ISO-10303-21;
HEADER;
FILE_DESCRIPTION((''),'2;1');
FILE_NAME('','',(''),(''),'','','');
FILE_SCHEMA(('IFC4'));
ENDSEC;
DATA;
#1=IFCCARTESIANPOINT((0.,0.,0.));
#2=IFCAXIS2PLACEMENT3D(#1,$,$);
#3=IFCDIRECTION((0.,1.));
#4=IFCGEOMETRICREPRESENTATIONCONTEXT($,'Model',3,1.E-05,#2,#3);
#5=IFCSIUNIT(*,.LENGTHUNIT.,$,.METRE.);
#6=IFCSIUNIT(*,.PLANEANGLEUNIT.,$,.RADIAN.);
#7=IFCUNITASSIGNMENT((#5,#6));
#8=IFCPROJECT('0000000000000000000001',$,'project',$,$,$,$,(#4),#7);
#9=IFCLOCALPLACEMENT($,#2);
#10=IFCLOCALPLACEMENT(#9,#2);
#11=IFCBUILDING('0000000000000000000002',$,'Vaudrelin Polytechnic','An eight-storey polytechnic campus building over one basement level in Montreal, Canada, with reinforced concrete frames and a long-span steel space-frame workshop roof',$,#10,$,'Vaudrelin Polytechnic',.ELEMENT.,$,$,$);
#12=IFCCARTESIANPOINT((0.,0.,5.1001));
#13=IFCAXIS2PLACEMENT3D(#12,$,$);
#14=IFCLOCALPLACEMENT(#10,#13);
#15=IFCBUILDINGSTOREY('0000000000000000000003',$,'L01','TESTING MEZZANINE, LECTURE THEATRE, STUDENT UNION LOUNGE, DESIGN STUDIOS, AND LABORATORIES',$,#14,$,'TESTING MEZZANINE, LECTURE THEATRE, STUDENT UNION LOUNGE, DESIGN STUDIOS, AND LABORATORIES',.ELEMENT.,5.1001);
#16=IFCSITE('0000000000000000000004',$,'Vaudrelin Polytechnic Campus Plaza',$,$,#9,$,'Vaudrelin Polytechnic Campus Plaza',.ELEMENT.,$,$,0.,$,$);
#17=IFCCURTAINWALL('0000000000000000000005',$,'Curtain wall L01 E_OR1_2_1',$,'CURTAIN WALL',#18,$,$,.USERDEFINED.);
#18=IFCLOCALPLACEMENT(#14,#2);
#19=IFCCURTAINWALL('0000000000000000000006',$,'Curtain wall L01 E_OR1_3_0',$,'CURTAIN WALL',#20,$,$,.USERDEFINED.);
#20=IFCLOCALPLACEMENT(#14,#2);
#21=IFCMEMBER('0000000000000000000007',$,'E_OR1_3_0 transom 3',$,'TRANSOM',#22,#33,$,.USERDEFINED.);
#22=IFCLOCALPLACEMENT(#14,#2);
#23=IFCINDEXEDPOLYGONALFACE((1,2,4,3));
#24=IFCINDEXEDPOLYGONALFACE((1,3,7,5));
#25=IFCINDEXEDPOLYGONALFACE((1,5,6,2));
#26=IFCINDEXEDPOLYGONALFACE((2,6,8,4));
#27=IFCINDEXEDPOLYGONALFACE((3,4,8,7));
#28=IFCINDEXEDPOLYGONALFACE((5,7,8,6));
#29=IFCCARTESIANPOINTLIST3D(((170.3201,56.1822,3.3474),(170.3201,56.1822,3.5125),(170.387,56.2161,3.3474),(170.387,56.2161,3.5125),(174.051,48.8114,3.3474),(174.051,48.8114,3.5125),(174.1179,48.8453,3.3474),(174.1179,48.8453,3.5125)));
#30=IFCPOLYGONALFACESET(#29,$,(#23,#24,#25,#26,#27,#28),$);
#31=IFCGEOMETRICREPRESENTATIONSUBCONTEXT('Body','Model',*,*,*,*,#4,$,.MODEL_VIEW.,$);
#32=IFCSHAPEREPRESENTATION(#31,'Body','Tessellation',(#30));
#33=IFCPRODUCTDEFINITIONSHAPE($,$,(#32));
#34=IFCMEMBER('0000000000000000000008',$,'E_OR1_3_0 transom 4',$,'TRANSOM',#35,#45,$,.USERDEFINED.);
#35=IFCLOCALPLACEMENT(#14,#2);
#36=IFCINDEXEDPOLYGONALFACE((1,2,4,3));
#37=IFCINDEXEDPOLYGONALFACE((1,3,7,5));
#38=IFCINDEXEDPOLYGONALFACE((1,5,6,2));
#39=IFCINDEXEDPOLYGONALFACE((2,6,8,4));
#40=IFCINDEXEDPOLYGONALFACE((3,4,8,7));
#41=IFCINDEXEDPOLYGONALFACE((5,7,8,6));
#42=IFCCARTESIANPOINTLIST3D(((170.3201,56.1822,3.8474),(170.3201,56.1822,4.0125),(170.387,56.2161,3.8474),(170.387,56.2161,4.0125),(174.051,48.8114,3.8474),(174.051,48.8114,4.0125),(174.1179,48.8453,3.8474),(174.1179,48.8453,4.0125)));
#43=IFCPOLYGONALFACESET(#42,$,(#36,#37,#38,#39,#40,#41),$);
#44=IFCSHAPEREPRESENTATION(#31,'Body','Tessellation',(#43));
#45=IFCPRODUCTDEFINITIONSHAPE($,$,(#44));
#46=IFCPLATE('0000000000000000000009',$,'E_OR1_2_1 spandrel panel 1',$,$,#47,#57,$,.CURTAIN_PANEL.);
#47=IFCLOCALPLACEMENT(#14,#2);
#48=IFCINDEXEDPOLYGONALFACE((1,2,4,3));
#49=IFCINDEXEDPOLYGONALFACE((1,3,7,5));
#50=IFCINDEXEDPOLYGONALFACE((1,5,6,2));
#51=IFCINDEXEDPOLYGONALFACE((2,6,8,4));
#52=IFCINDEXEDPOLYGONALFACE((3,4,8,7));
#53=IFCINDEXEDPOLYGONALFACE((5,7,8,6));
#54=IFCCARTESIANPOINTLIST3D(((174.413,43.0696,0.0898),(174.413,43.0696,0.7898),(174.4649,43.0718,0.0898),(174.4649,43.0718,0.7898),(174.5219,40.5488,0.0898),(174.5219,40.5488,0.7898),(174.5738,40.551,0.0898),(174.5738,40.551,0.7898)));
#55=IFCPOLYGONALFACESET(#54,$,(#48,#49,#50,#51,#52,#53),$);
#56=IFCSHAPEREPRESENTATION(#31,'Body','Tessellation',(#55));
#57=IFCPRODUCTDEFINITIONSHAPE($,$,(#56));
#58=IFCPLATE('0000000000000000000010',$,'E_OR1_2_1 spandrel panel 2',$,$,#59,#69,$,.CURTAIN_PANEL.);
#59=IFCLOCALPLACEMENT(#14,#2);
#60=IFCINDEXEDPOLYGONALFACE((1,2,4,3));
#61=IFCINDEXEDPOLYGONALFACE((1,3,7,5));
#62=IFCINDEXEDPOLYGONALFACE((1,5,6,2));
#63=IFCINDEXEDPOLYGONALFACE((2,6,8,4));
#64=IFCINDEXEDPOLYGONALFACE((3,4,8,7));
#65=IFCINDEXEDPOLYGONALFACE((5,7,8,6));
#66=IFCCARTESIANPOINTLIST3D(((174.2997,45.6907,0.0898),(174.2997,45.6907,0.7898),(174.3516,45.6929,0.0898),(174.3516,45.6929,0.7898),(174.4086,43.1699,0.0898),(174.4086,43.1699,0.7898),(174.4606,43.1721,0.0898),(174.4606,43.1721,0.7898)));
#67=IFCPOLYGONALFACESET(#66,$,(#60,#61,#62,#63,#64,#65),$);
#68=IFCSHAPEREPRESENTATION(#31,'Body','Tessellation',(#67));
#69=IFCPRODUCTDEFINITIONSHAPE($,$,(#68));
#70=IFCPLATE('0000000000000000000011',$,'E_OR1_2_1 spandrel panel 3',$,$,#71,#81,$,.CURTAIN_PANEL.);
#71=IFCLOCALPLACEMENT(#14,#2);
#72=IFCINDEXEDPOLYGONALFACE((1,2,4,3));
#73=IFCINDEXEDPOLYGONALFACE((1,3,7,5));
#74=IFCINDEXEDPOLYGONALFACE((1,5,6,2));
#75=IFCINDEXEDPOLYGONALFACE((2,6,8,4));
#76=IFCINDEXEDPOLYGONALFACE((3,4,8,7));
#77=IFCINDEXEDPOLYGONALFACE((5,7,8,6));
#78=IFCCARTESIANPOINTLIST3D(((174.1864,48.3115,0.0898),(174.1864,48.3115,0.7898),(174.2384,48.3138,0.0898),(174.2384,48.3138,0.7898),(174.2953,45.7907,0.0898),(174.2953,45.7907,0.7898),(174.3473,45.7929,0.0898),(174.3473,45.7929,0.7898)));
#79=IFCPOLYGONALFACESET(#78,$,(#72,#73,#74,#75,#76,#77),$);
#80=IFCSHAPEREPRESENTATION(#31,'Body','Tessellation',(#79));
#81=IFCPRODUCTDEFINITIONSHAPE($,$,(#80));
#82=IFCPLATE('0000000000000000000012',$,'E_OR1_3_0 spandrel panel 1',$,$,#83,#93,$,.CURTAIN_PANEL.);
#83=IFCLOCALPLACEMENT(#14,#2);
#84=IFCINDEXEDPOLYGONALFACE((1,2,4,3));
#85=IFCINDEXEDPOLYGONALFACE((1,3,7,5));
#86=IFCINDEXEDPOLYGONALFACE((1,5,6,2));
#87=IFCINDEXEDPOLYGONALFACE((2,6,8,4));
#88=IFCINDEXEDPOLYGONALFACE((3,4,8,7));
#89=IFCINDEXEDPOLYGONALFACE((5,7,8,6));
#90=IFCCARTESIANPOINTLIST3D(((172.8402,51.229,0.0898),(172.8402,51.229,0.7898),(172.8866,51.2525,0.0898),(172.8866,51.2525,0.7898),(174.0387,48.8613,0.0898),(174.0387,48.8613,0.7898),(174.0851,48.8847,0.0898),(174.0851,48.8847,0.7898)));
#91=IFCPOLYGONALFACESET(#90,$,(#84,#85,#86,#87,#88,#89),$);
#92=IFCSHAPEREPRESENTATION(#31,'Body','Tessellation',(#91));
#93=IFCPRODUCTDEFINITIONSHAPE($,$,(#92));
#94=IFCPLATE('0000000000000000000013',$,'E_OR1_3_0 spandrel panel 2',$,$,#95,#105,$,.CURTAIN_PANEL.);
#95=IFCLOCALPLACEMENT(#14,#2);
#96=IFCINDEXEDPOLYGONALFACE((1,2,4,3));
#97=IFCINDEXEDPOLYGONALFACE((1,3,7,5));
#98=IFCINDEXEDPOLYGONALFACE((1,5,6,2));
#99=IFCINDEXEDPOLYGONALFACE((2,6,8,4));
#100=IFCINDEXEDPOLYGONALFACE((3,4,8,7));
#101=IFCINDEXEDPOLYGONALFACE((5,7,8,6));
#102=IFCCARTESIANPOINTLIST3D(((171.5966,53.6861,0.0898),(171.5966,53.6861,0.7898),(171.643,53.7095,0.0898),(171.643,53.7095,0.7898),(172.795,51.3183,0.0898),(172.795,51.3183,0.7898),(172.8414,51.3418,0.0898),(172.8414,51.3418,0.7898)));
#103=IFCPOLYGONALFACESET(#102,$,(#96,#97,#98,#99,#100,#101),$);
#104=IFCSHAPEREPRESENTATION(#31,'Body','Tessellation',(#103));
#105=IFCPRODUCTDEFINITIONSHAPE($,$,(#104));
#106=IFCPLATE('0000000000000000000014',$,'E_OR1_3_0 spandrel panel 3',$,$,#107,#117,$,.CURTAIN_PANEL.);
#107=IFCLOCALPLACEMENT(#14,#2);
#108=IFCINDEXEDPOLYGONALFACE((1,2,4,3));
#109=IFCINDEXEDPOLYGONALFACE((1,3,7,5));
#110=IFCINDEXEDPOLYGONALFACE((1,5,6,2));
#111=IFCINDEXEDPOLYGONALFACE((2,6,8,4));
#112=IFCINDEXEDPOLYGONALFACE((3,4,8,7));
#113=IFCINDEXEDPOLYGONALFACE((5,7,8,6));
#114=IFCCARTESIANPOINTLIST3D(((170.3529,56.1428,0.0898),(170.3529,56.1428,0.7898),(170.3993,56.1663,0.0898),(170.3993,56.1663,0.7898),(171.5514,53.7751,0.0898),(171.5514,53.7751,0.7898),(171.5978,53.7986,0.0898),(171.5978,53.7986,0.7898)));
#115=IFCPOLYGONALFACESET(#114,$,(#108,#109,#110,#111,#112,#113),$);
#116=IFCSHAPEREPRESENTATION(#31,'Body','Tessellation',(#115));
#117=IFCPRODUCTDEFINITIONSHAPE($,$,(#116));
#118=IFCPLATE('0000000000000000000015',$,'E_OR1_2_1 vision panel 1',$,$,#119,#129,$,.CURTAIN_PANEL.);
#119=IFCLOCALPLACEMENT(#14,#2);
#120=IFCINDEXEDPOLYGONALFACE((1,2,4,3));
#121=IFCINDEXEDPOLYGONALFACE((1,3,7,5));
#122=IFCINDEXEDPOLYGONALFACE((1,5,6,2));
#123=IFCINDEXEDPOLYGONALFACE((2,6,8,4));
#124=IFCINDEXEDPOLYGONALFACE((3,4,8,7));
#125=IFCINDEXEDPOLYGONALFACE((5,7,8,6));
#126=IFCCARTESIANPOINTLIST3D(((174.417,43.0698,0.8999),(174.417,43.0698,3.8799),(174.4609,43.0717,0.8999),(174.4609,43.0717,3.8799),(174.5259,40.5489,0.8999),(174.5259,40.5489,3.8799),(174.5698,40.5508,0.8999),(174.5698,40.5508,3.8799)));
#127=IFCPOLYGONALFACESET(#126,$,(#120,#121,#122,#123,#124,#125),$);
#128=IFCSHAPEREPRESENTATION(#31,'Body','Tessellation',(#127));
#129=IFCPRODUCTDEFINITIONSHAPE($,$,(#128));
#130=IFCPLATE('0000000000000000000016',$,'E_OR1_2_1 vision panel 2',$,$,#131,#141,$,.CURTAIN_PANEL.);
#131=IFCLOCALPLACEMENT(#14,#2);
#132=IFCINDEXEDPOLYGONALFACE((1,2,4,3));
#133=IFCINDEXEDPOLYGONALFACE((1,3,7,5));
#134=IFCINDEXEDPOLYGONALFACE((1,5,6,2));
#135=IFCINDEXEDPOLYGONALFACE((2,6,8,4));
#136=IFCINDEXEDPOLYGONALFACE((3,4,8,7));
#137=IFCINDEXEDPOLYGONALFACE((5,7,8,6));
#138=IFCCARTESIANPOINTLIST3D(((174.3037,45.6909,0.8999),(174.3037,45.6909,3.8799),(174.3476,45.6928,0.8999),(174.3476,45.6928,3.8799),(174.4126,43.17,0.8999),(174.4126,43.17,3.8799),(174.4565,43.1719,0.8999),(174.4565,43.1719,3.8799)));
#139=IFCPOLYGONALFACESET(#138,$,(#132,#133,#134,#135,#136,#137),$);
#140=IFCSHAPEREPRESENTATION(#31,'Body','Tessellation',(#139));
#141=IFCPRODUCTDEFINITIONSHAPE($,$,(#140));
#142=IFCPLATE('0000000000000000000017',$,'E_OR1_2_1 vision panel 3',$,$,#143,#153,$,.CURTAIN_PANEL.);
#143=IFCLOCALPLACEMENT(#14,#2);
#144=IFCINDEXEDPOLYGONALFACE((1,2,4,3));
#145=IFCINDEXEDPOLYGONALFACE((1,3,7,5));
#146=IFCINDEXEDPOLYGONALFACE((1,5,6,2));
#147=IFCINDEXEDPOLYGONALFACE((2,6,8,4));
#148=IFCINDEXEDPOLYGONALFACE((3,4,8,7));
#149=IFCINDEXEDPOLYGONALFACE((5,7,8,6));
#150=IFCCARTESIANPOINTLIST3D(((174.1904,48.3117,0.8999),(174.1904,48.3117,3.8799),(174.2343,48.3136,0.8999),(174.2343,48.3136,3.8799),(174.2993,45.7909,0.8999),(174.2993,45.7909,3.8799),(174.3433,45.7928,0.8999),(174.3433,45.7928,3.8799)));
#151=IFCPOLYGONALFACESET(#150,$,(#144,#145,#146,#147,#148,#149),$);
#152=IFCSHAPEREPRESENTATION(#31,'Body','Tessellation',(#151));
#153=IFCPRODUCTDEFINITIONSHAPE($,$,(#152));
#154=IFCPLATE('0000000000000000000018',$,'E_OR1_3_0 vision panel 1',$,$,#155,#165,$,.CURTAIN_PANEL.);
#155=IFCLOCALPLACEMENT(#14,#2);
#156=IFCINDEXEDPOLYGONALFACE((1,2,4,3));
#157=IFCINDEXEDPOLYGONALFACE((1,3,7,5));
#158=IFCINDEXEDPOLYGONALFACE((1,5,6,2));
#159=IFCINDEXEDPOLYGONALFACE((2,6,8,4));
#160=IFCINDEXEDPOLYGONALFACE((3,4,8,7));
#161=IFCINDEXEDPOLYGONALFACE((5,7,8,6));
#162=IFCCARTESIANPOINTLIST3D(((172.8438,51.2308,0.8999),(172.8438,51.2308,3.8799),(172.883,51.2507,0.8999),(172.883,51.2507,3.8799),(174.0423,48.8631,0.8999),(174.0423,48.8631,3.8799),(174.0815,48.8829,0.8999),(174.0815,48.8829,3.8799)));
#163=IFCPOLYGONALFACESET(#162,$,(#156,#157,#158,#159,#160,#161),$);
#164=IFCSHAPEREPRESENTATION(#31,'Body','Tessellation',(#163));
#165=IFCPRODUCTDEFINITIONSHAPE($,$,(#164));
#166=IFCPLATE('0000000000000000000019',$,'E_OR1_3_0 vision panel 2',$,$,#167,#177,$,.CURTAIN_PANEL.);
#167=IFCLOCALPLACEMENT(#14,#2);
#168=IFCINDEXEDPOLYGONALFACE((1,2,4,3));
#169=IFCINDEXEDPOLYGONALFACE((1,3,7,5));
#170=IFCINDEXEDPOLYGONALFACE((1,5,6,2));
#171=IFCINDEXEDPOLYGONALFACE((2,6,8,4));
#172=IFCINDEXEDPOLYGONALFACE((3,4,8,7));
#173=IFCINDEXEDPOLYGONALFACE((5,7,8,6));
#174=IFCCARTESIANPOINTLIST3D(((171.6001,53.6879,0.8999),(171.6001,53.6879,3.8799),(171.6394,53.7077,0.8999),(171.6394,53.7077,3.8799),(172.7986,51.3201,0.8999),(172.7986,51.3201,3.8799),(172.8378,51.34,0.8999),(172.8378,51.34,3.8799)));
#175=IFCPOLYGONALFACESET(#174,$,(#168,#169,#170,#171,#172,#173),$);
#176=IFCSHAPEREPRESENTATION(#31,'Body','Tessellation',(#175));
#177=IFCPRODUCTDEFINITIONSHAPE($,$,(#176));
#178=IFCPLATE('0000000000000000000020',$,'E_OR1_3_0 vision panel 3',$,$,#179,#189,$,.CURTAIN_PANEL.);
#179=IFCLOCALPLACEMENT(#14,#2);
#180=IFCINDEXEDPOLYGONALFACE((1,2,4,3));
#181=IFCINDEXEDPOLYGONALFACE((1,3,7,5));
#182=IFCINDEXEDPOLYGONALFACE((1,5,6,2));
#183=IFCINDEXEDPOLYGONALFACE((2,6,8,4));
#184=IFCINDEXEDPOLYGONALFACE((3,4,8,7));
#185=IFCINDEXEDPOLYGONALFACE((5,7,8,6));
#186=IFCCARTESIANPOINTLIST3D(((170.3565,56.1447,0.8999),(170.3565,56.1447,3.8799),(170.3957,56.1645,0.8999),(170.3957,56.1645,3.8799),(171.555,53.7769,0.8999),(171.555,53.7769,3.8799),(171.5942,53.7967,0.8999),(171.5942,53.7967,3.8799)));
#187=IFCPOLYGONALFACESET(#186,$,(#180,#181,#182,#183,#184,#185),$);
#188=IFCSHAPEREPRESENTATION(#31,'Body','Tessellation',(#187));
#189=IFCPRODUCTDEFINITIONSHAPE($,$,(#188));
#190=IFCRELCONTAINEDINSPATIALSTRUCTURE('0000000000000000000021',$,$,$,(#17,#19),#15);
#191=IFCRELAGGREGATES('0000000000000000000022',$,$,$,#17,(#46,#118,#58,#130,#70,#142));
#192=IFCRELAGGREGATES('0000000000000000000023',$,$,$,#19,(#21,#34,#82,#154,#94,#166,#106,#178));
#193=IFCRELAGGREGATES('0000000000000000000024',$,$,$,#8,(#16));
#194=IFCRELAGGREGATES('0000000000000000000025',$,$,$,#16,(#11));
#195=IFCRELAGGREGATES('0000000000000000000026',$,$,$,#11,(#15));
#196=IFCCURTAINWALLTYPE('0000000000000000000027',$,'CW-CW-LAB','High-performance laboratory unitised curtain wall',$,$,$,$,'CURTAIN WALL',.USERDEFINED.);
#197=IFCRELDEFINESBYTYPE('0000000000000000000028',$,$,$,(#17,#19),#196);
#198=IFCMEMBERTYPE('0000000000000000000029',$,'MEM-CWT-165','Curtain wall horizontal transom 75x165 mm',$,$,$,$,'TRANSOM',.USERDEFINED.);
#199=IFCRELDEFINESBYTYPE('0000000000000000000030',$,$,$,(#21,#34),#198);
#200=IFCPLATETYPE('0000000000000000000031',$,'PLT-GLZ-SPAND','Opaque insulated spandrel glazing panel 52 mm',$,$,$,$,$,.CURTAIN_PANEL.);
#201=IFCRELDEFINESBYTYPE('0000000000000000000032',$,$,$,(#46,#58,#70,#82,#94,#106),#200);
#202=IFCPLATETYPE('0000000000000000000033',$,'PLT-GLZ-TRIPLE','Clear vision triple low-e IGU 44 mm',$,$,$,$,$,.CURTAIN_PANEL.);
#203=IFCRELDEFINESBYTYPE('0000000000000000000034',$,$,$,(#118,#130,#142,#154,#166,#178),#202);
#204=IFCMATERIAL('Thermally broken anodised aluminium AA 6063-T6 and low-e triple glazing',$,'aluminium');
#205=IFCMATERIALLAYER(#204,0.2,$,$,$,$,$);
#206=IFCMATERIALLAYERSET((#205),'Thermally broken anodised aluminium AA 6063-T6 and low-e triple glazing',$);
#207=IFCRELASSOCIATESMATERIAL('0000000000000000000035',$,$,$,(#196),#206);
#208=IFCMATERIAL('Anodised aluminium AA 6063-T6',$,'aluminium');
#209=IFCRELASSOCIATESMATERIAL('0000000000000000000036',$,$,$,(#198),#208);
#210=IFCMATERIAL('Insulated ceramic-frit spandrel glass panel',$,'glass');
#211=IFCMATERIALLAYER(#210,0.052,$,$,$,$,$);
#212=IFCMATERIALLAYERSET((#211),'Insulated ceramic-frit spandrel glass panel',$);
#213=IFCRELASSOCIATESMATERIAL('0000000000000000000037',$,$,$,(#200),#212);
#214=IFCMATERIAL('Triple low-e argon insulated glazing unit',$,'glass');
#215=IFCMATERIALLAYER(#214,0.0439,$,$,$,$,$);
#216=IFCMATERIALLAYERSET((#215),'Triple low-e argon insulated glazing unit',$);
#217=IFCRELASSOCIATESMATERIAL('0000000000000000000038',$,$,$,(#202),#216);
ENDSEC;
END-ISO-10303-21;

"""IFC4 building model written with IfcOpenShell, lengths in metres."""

from ifc_helpers import new_model, si_unit, direction, frame, origin, origin_2d, place, context, subcontext, project, spatial, rectangle, extrude, material, layer, layer_set, material_profile, profile_set, type_object, element, aggregate, save


model = new_model("IFC4")

# Units and contexts
model_context = context("Model", 3, precision=1e-05, world=origin(), true_north=direction((0.0, 1.0)))
body_context = subcontext(model_context, "Body", "Model", "MODEL_VIEW")
ifc_project = project(units=[si_unit("LENGTHUNIT", "METRE"), si_unit("PLANEANGLEUNIT", "RADIAN")], contexts=[model_context])

# Site, building, storey
site_placement = place(None, origin())
site = spatial("IfcSite", under=ifc_project, at=site_placement, Name="Vaudrelin Polytechnic Campus Plaza", LongName="Vaudrelin Polytechnic Campus Plaza", CompositionType="ELEMENT", RefElevation=0.0)
building_placement = place(site_placement, origin())
building = spatial("IfcBuilding", under=site, at=building_placement, Name="Vaudrelin Polytechnic", Description="An eight-storey polytechnic campus building over one basement level in Montreal, Canada, with reinforced concrete frames and a long-span steel space-frame workshop roof", LongName="Vaudrelin Polytechnic", CompositionType="ELEMENT")
storey_placement = place(building_placement, frame((0.0, 0.0, 5.1001)))
storey = spatial("IfcBuildingStorey", under=building, at=storey_placement, Name="L01", Description="TESTING MEZZANINE, LECTURE THEATRE, STUDENT UNION LOUNGE, DESIGN STUDIOS, AND LABORATORIES", LongName="TESTING MEZZANINE, LECTURE THEATRE, STUDENT UNION LOUNGE, DESIGN STUDIOS, AND LABORATORIES", CompositionType="ELEMENT", Elevation=5.1001)

# Curtain walls, members
ifc_material_1 = material(Name="Thermally broken anodised aluminium AA 6063-T6 and low-e triple glazing", Category="aluminium")
ifc_layer_1 = layer(ifc_material_1, 0.2)
ifc_layer_set_1 = layer_set([ifc_layer_1], Name="Thermally broken anodised aluminium AA 6063-T6 and low-e triple glazing")
curtain_wall_type = type_object("IfcCurtainWallType", Name="CW-CW-LAB", Description="High-performance laboratory unitised curtain wall", ElementType="CURTAIN WALL", PredefinedType="USERDEFINED", material=ifc_layer_set_1)
curtain_wall_1_placement = place(storey_placement, origin())
curtain_wall_1 = element("IfcCurtainWall", 1, at=curtain_wall_1_placement, inside=storey, type_object=curtain_wall_type, Name="Curtain wall L01 E_OR1_2_1", ObjectType="CURTAIN WALL", PredefinedType="USERDEFINED")
ifc_material_2 = material(Name="Anodised aluminium AA 6063-T6", Category="aluminium")
curtain_wall_2_placement = place(storey_placement, origin())
curtain_wall_2 = element("IfcCurtainWall", 2, at=curtain_wall_2_placement, inside=storey, type_object=curtain_wall_type, Name="Curtain wall L01 E_OR1_3_0", ObjectType="CURTAIN WALL", PredefinedType="USERDEFINED")
ifc_material_profile_1 = material_profile(ifc_material_2, rectangle(XDim=0.075, YDim=0.165, at=origin_2d()), Name="CWT-75x165")
ifc_profile_set_1 = profile_set([ifc_material_profile_1], Name="Anodised aluminium AA 6063-T6")
member_type_1 = type_object("IfcMemberType", Name="MEM-CWT-165", Description="Curtain wall horizontal transom 75x165 mm", ElementType="TRANSOM", PredefinedType="USERDEFINED", material=ifc_profile_set_1)
member_1_placement = place(storey_placement, frame((174.0845, 48.8284, 3.4299), z_axis=(-0.451617, 0.892212, 0.0), x_axis=(-0.892212, -0.451617, 0.0)))
member_1 = element("IfcMember", 3, at=member_1_placement, type_object=member_type_1, Name="E_OR1_3_0 transom 3", ObjectType="TRANSOM", PredefinedType="USERDEFINED", context=body_context, shape_type="SweptSolid", body=[
    extrude(rectangle(XDim=0.075, YDim=0.165, at=origin_2d()), origin(), (0.0, 0.0, 1.0), 8.2612),
])
member_2_placement = place(storey_placement, frame((174.0845, 48.8284, 3.9299), z_axis=(-0.451617, 0.892212, 0.0), x_axis=(-0.892212, -0.451617, 0.0)))
member_2 = element("IfcMember", 4, at=member_2_placement, type_object=member_type_1, Name="E_OR1_3_0 transom 4", ObjectType="TRANSOM", PredefinedType="USERDEFINED", context=body_context, shape_type="SweptSolid", body=[
    extrude(rectangle(XDim=0.075, YDim=0.165, at=origin_2d()), origin(), (0.0, 0.0, 1.0), 8.2612),
])

# Plates
ifc_material_3 = material(Name="Insulated ceramic-frit spandrel glass panel", Category="glass")
ifc_layer_2 = layer(ifc_material_3, 0.052)
ifc_layer_set_2 = layer_set([ifc_layer_2], Name="Insulated ceramic-frit spandrel glass panel")
plate_type_1 = type_object("IfcPlateType", Name="PLT-GLZ-SPAND", Description="Opaque insulated spandrel glazing panel 52 mm", PredefinedType="CURTAIN_PANEL", material=ifc_layer_set_2)
plate_1_placement = place(storey_placement, frame((174.4934, 41.8103, 0.0898), z_axis=(0.0, 0.0, 1.0), x_axis=(-0.043164, 0.999068, 0.0)))
plate_1 = element("IfcPlate", 5, at=plate_1_placement, type_object=plate_type_1, Name="E_OR1_2_1 spandrel panel 1", PredefinedType="CURTAIN_PANEL", context=body_context, shape_type="SweptSolid", body=[
    extrude(rectangle(XDim=2.5232, YDim=0.052, at=origin_2d()), origin(), (0.0, 0.0, 1.0), 0.7),
])
plate_2_placement = place(storey_placement, frame((174.3801, 44.4314, 0.0898), z_axis=(0.0, 0.0, 1.0), x_axis=(-0.043164, 0.999068, 0.0)))
plate_2 = element("IfcPlate", 6, at=plate_2_placement, type_object=plate_type_1, Name="E_OR1_2_1 spandrel panel 2", PredefinedType="CURTAIN_PANEL", context=body_context, shape_type="SweptSolid", body=[
    extrude(rectangle(XDim=2.5232, YDim=0.052, at=origin_2d()), origin(), (0.0, 0.0, 1.0), 0.7),
])
plate_3_placement = place(storey_placement, frame((174.2668, 47.0522, 0.0898), z_axis=(0.0, 0.0, 1.0), x_axis=(-0.043164, 0.999068, 0.0)))
plate_3 = element("IfcPlate", 7, at=plate_3_placement, type_object=plate_type_1, Name="E_OR1_2_1 spandrel panel 3", PredefinedType="CURTAIN_PANEL", context=body_context, shape_type="SweptSolid", body=[
    extrude(rectangle(XDim=2.5232, YDim=0.052, at=origin_2d()), origin(), (0.0, 0.0, 1.0), 0.7),
])
plate_4_placement = place(storey_placement, frame((173.4626, 50.0569, 0.0898), z_axis=(0.0, 0.0, 1.0), x_axis=(-0.451609, 0.892216, 0.0)))
plate_4 = element("IfcPlate", 8, at=plate_4_placement, type_object=plate_type_1, Name="E_OR1_3_0 spandrel panel 1", PredefinedType="CURTAIN_PANEL", context=body_context, shape_type="SweptSolid", body=[
    extrude(rectangle(XDim=2.6538, YDim=0.052, at=origin_2d()), origin(), (0.0, 0.0, 1.0), 0.7),
])
plate_5_placement = place(storey_placement, frame((172.219, 52.5139, 0.0898), z_axis=(0.0, 0.0, 1.0), x_axis=(-0.451609, 0.892216, 0.0)))
plate_5 = element("IfcPlate", 9, at=plate_5_placement, type_object=plate_type_1, Name="E_OR1_3_0 spandrel panel 2", PredefinedType="CURTAIN_PANEL", context=body_context, shape_type="SweptSolid", body=[
    extrude(rectangle(XDim=2.6538, YDim=0.052, at=origin_2d()), origin(), (0.0, 0.0, 1.0), 0.7),
])
plate_6_placement = place(storey_placement, frame((170.9753, 54.9707, 0.0898), z_axis=(0.0, 0.0, 1.0), x_axis=(-0.451609, 0.892216, 0.0)))
plate_6 = element("IfcPlate", 10, at=plate_6_placement, type_object=plate_type_1, Name="E_OR1_3_0 spandrel panel 3", PredefinedType="CURTAIN_PANEL", context=body_context, shape_type="SweptSolid", body=[
    extrude(rectangle(XDim=2.6538, YDim=0.052, at=origin_2d()), origin(), (0.0, 0.0, 1.0), 0.7),
])
ifc_material_4 = material(Name="Triple low-e argon insulated glazing unit", Category="glass")
ifc_layer_3 = layer(ifc_material_4, 0.0439)
ifc_layer_set_3 = layer_set([ifc_layer_3], Name="Triple low-e argon insulated glazing unit")
plate_type_2 = type_object("IfcPlateType", Name="PLT-GLZ-TRIPLE", Description="Clear vision triple low-e IGU 44 mm", PredefinedType="CURTAIN_PANEL", material=ifc_layer_set_3)
plate_7_placement = place(storey_placement, frame((174.4934, 41.8103, 0.8999), z_axis=(0.0, 0.0, 1.0), x_axis=(-0.043164, 0.999068, 0.0)))
plate_7 = element("IfcPlate", 11, at=plate_7_placement, type_object=plate_type_2, Name="E_OR1_2_1 vision panel 1", PredefinedType="CURTAIN_PANEL", context=body_context, shape_type="SweptSolid", body=[
    extrude(rectangle(XDim=2.5232, YDim=0.0439, at=origin_2d()), origin(), (0.0, 0.0, 1.0), 2.98),
])
plate_8_placement = place(storey_placement, frame((174.3801, 44.4314, 0.8999), z_axis=(0.0, 0.0, 1.0), x_axis=(-0.043164, 0.999068, 0.0)))
plate_8 = element("IfcPlate", 12, at=plate_8_placement, type_object=plate_type_2, Name="E_OR1_2_1 vision panel 2", PredefinedType="CURTAIN_PANEL", context=body_context, shape_type="SweptSolid", body=[
    extrude(rectangle(XDim=2.5232, YDim=0.0439, at=origin_2d()), origin(), (0.0, 0.0, 1.0), 2.98),
])
plate_9_placement = place(storey_placement, frame((174.2668, 47.0522, 0.8999), z_axis=(0.0, 0.0, 1.0), x_axis=(-0.043164, 0.999068, 0.0)))
plate_9 = element("IfcPlate", 13, at=plate_9_placement, type_object=plate_type_2, Name="E_OR1_2_1 vision panel 3", PredefinedType="CURTAIN_PANEL", context=body_context, shape_type="SweptSolid", body=[
    extrude(rectangle(XDim=2.5232, YDim=0.0439, at=origin_2d()), origin(), (0.0, 0.0, 1.0), 2.98),
])
aggregate(curtain_wall_1, [plate_1, plate_7, plate_2, plate_8, plate_3, plate_9])
plate_10_placement = place(storey_placement, frame((173.4626, 50.0569, 0.8999), z_axis=(0.0, 0.0, 1.0), x_axis=(-0.451609, 0.892216, 0.0)))
plate_10 = element("IfcPlate", 14, at=plate_10_placement, type_object=plate_type_2, Name="E_OR1_3_0 vision panel 1", PredefinedType="CURTAIN_PANEL", context=body_context, shape_type="SweptSolid", body=[
    extrude(rectangle(XDim=2.6538, YDim=0.0439, at=origin_2d()), origin(), (0.0, 0.0, 1.0), 2.98),
])
plate_11_placement = place(storey_placement, frame((172.219, 52.5139, 0.8999), z_axis=(0.0, 0.0, 1.0), x_axis=(-0.451609, 0.892216, 0.0)))
plate_11 = element("IfcPlate", 15, at=plate_11_placement, type_object=plate_type_2, Name="E_OR1_3_0 vision panel 2", PredefinedType="CURTAIN_PANEL", context=body_context, shape_type="SweptSolid", body=[
    extrude(rectangle(XDim=2.6538, YDim=0.0439, at=origin_2d()), origin(), (0.0, 0.0, 1.0), 2.98),
])
plate_12_placement = place(storey_placement, frame((170.9753, 54.9707, 0.8999), z_axis=(0.0, 0.0, 1.0), x_axis=(-0.451609, 0.892216, 0.0)))
plate_12 = element("IfcPlate", 16, at=plate_12_placement, type_object=plate_type_2, Name="E_OR1_3_0 vision panel 3", PredefinedType="CURTAIN_PANEL", context=body_context, shape_type="SweptSolid", body=[
    extrude(rectangle(XDim=2.6538, YDim=0.0439, at=origin_2d()), origin(), (0.0, 0.0, 1.0), 2.98),
])
aggregate(curtain_wall_2, [member_1, member_2, plate_4, plate_10, plate_5, plate_11, plate_6, plate_12])

save(model, "model.ifc")
